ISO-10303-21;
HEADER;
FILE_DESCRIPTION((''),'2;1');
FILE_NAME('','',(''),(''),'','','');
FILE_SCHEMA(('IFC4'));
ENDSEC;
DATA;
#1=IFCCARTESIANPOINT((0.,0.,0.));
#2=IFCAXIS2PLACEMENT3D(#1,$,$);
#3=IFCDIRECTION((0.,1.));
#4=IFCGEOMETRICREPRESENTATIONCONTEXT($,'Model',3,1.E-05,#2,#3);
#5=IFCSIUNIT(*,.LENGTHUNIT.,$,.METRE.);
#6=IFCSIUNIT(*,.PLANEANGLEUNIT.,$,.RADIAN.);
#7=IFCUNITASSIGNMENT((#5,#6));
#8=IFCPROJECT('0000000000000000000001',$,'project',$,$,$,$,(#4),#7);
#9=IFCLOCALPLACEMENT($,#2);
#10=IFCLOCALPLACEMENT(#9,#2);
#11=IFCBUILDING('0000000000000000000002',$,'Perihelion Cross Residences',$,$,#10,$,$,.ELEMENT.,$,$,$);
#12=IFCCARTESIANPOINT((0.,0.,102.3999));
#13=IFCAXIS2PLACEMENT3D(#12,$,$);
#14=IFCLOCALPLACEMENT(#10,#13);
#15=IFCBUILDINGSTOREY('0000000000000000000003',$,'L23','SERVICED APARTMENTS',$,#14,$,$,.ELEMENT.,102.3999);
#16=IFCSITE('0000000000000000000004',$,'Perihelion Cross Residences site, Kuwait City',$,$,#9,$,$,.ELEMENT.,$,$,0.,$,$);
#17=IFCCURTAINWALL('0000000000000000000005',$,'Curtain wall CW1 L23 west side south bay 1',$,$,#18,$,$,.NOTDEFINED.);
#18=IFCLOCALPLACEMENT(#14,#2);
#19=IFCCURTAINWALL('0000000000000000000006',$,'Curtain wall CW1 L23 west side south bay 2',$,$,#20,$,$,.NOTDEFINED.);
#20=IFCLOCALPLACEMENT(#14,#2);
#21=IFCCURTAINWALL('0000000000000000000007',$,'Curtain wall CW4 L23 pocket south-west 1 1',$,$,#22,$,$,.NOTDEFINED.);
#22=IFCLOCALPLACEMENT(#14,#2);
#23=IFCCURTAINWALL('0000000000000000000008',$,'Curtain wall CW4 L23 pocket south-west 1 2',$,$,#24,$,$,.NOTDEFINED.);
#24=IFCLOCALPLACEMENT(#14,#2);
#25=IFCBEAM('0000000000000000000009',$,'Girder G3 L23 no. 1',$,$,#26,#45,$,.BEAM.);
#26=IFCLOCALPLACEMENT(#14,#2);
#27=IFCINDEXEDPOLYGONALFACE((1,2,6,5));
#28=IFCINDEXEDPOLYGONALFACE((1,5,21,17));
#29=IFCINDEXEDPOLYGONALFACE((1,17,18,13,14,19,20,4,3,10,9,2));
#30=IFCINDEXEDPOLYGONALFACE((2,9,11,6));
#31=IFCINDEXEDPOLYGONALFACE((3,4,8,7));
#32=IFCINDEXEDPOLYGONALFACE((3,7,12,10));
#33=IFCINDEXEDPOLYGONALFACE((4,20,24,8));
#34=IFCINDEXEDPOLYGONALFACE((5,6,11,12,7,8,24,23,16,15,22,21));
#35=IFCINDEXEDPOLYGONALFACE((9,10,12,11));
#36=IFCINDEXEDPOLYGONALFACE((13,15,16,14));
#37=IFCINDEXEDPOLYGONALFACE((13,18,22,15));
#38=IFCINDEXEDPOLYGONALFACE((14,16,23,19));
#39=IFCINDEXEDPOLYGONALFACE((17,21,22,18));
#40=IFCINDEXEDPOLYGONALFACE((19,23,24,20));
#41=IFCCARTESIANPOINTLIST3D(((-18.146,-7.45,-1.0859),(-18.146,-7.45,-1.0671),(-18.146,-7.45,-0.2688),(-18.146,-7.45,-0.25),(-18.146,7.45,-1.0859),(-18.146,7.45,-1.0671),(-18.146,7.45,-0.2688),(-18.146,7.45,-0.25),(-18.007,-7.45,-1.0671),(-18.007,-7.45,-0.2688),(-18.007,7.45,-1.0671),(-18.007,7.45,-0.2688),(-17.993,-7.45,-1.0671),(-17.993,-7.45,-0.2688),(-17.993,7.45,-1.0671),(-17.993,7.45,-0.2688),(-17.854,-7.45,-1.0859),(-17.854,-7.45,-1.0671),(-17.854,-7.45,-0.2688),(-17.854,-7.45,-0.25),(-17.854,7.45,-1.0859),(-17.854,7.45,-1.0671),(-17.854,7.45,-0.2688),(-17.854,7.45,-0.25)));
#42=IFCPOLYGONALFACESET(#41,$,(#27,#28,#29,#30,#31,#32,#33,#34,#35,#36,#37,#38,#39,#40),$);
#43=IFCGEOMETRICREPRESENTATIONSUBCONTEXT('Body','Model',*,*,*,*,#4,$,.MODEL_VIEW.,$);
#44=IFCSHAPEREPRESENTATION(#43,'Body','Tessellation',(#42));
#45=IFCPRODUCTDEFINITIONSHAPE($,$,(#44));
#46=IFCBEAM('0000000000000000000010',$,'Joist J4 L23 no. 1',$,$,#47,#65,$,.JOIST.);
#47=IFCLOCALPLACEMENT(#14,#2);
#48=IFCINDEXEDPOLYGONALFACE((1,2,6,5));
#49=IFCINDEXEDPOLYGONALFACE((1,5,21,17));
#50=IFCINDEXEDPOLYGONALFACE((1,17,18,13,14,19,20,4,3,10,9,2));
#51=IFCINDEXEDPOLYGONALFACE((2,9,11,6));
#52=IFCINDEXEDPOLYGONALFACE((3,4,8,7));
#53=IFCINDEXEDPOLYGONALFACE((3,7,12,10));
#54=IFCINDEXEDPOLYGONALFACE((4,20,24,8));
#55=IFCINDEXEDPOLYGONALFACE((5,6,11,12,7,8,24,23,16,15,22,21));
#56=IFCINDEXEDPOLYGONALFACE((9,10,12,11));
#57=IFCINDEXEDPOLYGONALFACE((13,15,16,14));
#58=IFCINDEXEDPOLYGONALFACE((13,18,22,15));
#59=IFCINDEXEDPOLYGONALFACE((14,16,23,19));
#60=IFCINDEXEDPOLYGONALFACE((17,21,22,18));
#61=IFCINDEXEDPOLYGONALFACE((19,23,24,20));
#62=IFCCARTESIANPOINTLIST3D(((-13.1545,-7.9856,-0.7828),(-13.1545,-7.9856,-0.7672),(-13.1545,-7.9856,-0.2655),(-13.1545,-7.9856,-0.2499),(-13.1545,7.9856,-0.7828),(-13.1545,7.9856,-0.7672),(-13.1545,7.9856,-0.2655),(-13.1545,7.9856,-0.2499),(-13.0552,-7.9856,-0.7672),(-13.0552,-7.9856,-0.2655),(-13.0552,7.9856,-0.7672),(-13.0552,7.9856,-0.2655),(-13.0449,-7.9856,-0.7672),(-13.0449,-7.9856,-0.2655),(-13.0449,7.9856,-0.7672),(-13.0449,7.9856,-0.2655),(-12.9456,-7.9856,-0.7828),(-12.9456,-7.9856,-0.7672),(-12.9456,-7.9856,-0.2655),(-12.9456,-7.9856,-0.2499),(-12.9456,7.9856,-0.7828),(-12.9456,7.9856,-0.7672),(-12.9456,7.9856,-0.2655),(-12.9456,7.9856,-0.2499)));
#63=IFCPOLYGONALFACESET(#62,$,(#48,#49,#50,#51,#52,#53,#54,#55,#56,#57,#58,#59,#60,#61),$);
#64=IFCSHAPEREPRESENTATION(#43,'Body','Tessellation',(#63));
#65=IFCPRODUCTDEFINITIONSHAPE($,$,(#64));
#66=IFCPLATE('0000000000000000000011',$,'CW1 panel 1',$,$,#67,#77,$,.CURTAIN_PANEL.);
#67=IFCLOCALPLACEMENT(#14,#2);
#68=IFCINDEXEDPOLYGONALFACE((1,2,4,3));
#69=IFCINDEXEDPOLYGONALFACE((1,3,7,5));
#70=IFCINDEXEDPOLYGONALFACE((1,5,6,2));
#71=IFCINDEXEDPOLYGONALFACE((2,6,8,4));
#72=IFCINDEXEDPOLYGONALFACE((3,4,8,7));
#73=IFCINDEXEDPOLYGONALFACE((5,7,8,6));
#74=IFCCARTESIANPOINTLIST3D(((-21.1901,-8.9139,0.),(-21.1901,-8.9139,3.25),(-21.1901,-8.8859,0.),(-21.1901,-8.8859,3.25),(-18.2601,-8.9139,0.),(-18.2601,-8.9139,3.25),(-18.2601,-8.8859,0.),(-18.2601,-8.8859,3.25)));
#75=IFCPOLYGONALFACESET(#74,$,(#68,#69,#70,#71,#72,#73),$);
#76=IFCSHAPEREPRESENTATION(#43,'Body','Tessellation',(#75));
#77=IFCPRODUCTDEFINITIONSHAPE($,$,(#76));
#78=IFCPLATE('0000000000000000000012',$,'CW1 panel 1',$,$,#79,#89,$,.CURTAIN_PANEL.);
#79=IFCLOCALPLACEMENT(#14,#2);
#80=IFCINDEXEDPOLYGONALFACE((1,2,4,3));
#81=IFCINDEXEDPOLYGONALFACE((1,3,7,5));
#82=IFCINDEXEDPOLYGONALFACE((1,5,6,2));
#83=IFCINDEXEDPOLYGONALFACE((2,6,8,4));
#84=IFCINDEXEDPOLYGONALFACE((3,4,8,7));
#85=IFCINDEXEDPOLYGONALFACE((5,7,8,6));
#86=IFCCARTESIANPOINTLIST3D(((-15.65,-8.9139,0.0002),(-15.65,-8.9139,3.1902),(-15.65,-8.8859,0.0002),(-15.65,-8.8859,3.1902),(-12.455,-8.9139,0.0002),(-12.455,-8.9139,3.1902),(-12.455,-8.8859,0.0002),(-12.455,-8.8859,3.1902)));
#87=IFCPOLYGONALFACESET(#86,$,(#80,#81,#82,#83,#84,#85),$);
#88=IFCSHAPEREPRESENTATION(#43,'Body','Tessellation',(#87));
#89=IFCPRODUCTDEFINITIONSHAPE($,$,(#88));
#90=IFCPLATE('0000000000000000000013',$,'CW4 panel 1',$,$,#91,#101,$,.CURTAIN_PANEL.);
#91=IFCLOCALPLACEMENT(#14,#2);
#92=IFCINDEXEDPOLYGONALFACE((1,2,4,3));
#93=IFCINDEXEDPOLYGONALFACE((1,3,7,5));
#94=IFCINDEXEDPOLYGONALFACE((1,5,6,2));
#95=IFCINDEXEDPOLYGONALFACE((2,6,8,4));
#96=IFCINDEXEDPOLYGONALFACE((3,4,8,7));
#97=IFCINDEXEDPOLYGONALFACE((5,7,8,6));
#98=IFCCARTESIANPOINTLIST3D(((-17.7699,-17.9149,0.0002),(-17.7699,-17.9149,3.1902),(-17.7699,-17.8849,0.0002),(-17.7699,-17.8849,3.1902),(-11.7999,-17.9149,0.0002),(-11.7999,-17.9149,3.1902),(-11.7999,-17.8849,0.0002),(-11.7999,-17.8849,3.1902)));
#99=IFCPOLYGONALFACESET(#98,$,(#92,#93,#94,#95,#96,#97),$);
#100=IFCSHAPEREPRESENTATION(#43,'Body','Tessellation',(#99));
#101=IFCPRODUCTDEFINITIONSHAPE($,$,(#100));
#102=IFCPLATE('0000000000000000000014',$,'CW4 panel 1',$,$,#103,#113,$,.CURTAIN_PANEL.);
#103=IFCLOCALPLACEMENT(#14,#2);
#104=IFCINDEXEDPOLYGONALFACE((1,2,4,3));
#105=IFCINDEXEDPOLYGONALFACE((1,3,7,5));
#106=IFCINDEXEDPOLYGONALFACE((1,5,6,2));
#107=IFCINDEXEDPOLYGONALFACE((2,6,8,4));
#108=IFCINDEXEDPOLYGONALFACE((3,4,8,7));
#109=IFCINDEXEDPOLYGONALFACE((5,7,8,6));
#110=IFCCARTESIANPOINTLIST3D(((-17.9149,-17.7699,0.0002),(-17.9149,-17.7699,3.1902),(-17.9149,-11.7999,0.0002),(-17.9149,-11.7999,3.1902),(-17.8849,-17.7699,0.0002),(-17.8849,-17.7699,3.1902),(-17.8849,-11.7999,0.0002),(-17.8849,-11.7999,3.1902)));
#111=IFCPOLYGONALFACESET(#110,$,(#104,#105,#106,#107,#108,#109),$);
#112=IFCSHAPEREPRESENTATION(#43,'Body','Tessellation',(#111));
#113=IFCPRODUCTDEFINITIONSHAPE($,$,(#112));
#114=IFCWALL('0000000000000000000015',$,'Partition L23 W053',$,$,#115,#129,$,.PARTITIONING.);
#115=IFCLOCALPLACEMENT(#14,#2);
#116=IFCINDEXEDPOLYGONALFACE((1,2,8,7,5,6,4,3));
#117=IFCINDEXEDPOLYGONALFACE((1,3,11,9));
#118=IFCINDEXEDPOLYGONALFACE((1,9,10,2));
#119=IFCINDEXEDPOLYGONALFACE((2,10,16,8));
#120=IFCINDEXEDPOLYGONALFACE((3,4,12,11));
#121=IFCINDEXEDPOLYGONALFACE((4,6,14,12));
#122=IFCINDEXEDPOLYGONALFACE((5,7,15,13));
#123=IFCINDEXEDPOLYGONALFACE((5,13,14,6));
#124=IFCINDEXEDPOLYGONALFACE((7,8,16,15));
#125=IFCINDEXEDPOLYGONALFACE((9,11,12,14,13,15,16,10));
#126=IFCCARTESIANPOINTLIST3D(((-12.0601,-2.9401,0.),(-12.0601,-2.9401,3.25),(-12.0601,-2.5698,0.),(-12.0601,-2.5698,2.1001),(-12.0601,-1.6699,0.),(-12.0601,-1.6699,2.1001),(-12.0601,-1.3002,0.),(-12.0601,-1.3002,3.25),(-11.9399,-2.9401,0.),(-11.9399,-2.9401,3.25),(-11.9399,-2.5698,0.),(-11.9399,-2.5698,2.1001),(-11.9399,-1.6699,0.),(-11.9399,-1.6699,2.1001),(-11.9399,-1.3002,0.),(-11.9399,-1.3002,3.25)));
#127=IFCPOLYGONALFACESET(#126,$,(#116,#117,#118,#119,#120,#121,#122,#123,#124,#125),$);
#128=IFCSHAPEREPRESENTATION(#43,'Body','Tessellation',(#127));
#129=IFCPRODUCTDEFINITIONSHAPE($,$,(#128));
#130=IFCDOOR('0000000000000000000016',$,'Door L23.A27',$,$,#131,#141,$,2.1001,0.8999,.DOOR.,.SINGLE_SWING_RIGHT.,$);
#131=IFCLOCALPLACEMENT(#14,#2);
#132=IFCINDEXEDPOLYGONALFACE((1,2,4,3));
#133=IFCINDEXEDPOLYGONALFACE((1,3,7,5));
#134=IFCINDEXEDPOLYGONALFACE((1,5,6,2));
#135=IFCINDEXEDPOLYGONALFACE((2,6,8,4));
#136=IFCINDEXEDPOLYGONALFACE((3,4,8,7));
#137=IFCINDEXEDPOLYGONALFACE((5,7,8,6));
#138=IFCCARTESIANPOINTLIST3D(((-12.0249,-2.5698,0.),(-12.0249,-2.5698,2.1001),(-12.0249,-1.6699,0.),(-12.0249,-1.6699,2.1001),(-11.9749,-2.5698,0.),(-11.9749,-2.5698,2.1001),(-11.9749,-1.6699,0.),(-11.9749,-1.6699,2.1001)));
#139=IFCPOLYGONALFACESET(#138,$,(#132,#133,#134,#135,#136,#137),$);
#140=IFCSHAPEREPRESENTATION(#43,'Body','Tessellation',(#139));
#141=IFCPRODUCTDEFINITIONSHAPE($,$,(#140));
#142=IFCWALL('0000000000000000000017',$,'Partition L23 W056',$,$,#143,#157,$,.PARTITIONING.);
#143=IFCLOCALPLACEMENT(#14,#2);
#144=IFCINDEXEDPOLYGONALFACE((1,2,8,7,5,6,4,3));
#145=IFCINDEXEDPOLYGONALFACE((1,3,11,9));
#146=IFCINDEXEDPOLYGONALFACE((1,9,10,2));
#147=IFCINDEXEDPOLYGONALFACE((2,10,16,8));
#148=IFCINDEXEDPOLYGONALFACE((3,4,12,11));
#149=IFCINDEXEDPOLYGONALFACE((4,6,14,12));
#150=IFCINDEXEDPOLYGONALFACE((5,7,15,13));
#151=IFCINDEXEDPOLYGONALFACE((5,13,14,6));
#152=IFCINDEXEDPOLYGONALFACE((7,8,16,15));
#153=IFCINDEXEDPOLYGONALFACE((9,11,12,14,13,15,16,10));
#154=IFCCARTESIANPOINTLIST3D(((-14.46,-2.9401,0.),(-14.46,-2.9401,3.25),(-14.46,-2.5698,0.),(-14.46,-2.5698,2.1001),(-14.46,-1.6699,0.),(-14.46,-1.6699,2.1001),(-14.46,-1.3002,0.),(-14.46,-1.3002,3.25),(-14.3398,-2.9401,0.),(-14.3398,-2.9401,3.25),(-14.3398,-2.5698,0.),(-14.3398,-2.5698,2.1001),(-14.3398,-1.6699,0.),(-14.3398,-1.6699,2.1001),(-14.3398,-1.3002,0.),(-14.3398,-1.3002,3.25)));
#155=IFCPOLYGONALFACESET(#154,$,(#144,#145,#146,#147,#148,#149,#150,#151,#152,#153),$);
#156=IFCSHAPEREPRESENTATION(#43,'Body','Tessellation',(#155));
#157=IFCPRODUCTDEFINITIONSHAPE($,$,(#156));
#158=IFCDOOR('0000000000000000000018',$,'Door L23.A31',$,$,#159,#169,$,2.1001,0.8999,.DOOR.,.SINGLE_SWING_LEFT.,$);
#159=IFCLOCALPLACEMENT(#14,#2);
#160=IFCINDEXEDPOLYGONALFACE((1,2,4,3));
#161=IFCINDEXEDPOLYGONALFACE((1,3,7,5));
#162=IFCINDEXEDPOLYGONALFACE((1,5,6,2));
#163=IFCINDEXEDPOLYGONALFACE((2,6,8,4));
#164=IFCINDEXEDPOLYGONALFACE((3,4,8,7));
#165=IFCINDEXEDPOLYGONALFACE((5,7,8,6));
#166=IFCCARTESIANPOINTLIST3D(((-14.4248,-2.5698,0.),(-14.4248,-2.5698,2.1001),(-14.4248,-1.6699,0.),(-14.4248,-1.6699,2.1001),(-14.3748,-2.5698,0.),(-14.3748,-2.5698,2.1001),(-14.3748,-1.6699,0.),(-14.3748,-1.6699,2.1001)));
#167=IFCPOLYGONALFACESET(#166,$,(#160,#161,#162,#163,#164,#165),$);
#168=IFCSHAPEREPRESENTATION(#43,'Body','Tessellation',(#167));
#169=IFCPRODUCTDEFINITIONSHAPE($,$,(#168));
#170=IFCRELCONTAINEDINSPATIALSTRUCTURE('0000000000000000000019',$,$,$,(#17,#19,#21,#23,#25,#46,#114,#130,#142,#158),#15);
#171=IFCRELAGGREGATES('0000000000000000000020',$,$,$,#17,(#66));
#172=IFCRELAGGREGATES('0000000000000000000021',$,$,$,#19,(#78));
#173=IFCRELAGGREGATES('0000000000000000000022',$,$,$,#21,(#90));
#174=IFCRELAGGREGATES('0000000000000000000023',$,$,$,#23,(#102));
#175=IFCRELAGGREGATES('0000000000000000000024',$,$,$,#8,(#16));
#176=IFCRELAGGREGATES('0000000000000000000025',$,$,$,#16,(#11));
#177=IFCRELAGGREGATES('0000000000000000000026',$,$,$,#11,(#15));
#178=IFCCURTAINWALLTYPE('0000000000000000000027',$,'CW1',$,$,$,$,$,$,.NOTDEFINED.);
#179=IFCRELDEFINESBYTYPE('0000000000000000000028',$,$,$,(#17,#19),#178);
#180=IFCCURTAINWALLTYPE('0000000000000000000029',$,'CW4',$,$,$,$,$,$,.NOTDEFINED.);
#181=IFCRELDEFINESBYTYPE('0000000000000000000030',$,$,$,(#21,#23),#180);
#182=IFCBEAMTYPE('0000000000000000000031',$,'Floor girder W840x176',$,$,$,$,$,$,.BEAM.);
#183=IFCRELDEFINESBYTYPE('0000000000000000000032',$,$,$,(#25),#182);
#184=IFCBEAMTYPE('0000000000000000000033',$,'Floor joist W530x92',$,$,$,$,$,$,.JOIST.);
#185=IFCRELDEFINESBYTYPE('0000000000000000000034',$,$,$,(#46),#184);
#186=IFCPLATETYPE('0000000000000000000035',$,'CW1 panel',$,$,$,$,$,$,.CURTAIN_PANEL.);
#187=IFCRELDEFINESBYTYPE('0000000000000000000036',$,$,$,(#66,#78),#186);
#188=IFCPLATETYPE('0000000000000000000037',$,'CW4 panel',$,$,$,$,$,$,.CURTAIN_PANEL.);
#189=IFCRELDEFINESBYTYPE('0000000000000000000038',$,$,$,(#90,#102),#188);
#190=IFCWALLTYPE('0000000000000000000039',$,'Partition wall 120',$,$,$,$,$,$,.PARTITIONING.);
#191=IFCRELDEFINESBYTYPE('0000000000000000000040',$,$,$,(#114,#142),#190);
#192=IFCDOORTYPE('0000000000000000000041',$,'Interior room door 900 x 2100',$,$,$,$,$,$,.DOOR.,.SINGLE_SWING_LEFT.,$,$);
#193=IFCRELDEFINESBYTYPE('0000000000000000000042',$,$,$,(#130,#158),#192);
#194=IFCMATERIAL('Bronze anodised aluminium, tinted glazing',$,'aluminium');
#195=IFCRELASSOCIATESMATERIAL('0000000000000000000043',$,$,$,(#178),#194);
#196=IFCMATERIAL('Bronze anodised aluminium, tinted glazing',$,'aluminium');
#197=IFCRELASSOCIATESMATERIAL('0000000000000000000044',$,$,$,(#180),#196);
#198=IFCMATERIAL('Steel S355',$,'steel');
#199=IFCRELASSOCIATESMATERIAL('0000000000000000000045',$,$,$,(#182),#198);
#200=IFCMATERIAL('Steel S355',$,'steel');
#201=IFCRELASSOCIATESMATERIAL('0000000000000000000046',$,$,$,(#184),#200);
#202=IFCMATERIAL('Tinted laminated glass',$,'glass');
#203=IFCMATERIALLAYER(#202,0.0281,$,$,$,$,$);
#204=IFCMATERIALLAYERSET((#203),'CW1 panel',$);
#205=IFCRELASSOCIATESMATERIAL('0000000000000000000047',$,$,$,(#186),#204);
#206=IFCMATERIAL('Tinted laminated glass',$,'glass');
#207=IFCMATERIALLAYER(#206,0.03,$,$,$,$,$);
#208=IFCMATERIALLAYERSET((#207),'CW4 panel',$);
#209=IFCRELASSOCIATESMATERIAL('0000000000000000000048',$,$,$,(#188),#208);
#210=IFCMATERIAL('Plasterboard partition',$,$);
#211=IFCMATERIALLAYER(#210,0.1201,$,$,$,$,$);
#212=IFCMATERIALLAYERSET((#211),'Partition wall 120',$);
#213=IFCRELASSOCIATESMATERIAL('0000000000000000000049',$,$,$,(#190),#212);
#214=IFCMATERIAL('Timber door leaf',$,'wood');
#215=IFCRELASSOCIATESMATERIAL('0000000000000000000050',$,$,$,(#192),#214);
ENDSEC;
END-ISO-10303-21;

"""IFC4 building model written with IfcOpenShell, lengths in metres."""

from ifc_helpers import new_model, si_unit, direction, frame, frame_2d, origin, origin_2d, place, context, subcontext, project, spatial, rectangle, i_section, extrude, material, layer, layer_set, material_profile, profile_set, type_object, element, fill, aggregate, save


model = new_model("IFC4")

# Units and contexts
model_context = context("Model", 3, precision=1e-05, world=origin(), true_north=direction((0.0, 1.0)))
body_context = subcontext(model_context, "Body", "Model", "MODEL_VIEW")
ifc_project = project(units=[si_unit("LENGTHUNIT", "METRE"), si_unit("PLANEANGLEUNIT", "RADIAN")], contexts=[model_context])

# Site, building, storey
site_placement = place(None, origin())
site = spatial("IfcSite", under=ifc_project, at=site_placement, Name="Perihelion Cross Residences site, Kuwait City", CompositionType="ELEMENT", RefElevation=0.0)
building_placement = place(site_placement, origin())
building = spatial("IfcBuilding", under=site, at=building_placement, Name="Perihelion Cross Residences", CompositionType="ELEMENT")
storey_placement = place(building_placement, frame((0.0, 0.0, 102.3999)))
storey = spatial("IfcBuildingStorey", under=building, at=storey_placement, Name="L23", Description="SERVICED APARTMENTS", CompositionType="ELEMENT", Elevation=102.3999)

# Curtain wall
ifc_material_1 = material(Name="Bronze anodised aluminium, tinted glazing", Category="aluminium")
curtain_wall_type_1 = type_object("IfcCurtainWallType", Name="CW1", PredefinedType="NOTDEFINED", material=ifc_material_1)
curtain_wall_1_placement = place(storey_placement, origin())
curtain_wall_1 = element("IfcCurtainWall", 1, at=curtain_wall_1_placement, inside=storey, type_object=curtain_wall_type_1, Name="Curtain wall CW1 L23 west side south bay 1", PredefinedType="NOTDEFINED")

# Curtain walls
curtain_wall_2_placement = place(storey_placement, origin())
curtain_wall_2 = element("IfcCurtainWall", 2, at=curtain_wall_2_placement, inside=storey, type_object=curtain_wall_type_1, Name="Curtain wall CW1 L23 west side south bay 2", PredefinedType="NOTDEFINED")
ifc_material_2 = material(Name="Bronze anodised aluminium, tinted glazing", Category="aluminium")
curtain_wall_type_2 = type_object("IfcCurtainWallType", Name="CW4", PredefinedType="NOTDEFINED", material=ifc_material_2)
curtain_wall_3_placement = place(storey_placement, origin())
curtain_wall_3 = element("IfcCurtainWall", 3, at=curtain_wall_3_placement, inside=storey, type_object=curtain_wall_type_2, Name="Curtain wall CW4 L23 pocket south-west 1 1", PredefinedType="NOTDEFINED")
curtain_wall_4_placement = place(storey_placement, origin())
curtain_wall_4 = element("IfcCurtainWall", 4, at=curtain_wall_4_placement, inside=storey, type_object=curtain_wall_type_2, Name="Curtain wall CW4 L23 pocket south-west 1 2", PredefinedType="NOTDEFINED")

# Beams
ifc_material_3 = material(Name="Steel S355", Category="steel")
ifc_material_profile_1 = material_profile(ifc_material_3, i_section(OverallWidth=0.292, OverallDepth=0.8359, WebThickness=0.0139, FlangeThickness=0.0188, at=origin_2d()), Name="W840x176")
ifc_profile_set_1 = profile_set([ifc_material_profile_1], Name="Steel S355")
beam_type_1 = type_object("IfcBeamType", Name="Floor girder W840x176", PredefinedType="BEAM", material=ifc_profile_set_1)
beam_1_placement = place(storey_placement, frame((-18.0, -7.45, -0.668), z_axis=(0.0, 1.0, 0.0), x_axis=(-1.0, 0.0, 0.0)))
element("IfcBeam", 5, at=beam_1_placement, inside=storey, type_object=beam_type_1, Name="Girder G3 L23 no. 1", PredefinedType="BEAM", context=body_context, shape_type="SweptSolid", body=[
    extrude(i_section(OverallWidth=0.292, OverallDepth=0.8359, WebThickness=0.0139, FlangeThickness=0.0188, at=origin_2d()), origin(), (0.0, 0.0, 1.0), 14.8999),
])
ifc_material_4 = material(Name="Steel S355", Category="steel")
ifc_material_profile_2 = material_profile(ifc_material_4, i_section(OverallWidth=0.209, OverallDepth=0.533, WebThickness=0.0103, FlangeThickness=0.0156, at=origin_2d()), Name="W530x92")
ifc_profile_set_2 = profile_set([ifc_material_profile_2], Name="Steel S355")
beam_type_2 = type_object("IfcBeamType", Name="Floor joist W530x92", PredefinedType="JOIST", material=ifc_profile_set_2)
beam_2_placement = place(storey_placement, frame((-13.05, -7.9856, -0.5164), z_axis=(0.0, 1.0, 0.0), x_axis=(-1.0, 0.0, 0.0)))
element("IfcBeam", 6, at=beam_2_placement, inside=storey, type_object=beam_type_2, Name="Joist J4 L23 no. 1", PredefinedType="JOIST", context=body_context, shape_type="SweptSolid", body=[
    extrude(i_section(OverallWidth=0.209, OverallDepth=0.533, WebThickness=0.0103, FlangeThickness=0.0156, at=origin_2d()), origin(), (0.0, 0.0, 1.0), 15.9712),
])

# Plates
ifc_material_5 = material(Name="Tinted laminated glass", Category="glass")
ifc_layer_1 = layer(ifc_material_5, 0.0281)
ifc_layer_set_1 = layer_set([ifc_layer_1], Name="CW1 panel")
plate_type_1 = type_object("IfcPlateType", Name="CW1 panel", PredefinedType="CURTAIN_PANEL", material=ifc_layer_set_1)
plate_1_placement = place(storey_placement, frame((-19.7251, -8.8999, 0.0), z_axis=(0.0, 0.0, 1.0), x_axis=(1.0, 0.0, 0.0)))
plate_1 = element("IfcPlate", 7, at=plate_1_placement, type_object=plate_type_1, Name="CW1 panel 1", PredefinedType="CURTAIN_PANEL", context=body_context, shape_type="SweptSolid", body=[
    extrude(rectangle(XDim=2.9299, YDim=0.0281, at=origin_2d()), origin(), (0.0, 0.0, 1.0), 3.25),
])
aggregate(curtain_wall_1, [plate_1])
plate_2_placement = place(storey_placement, frame((-14.0525, -8.8999, 0.0002), z_axis=(0.0, 0.0, 1.0), x_axis=(1.0, 0.0, 0.0)))
plate_2 = element("IfcPlate", 8, at=plate_2_placement, type_object=plate_type_1, Name="CW1 panel 1", PredefinedType="CURTAIN_PANEL", context=body_context, shape_type="SweptSolid", body=[
    extrude(rectangle(XDim=3.1951, YDim=0.0281, at=origin_2d()), origin(), (0.0, 0.0, 1.0), 3.1899),
])
aggregate(curtain_wall_2, [plate_2])
ifc_material_6 = material(Name="Tinted laminated glass", Category="glass")
ifc_layer_2 = layer(ifc_material_6, 0.03)
ifc_layer_set_2 = layer_set([ifc_layer_2], Name="CW4 panel")
plate_type_2 = type_object("IfcPlateType", Name="CW4 panel", PredefinedType="CURTAIN_PANEL", material=ifc_layer_set_2)
plate_3_placement = place(storey_placement, frame((-14.7849, -17.8999, 0.0002), z_axis=(0.0, 0.0, 1.0), x_axis=(-1.0, 0.0, 0.0)))
plate_3 = element("IfcPlate", 9, at=plate_3_placement, type_object=plate_type_2, Name="CW4 panel 1", PredefinedType="CURTAIN_PANEL", context=body_context, shape_type="SweptSolid", body=[
    extrude(rectangle(XDim=5.97, YDim=0.03, at=origin_2d()), origin(), (0.0, 0.0, 1.0), 3.1899),
])
aggregate(curtain_wall_3, [plate_3])
plate_4_placement = place(storey_placement, frame((-17.8999, -14.7849, 0.0002), z_axis=(0.0, 0.0, 1.0), x_axis=(0.0, 1.0, 0.0)))
plate_4 = element("IfcPlate", 10, at=plate_4_placement, type_object=plate_type_2, Name="CW4 panel 1", PredefinedType="CURTAIN_PANEL", context=body_context, shape_type="SweptSolid", body=[
    extrude(rectangle(XDim=5.97, YDim=0.03, at=origin_2d()), origin(), (0.0, 0.0, 1.0), 3.1899),
])
aggregate(curtain_wall_4, [plate_4])

# Walls, openings, doors
ifc_material_7 = material(Name="Plasterboard partition")
ifc_layer_3 = layer(ifc_material_7, 0.1201)
ifc_layer_set_3 = layer_set([ifc_layer_3], Name="Partition wall 120")
wall_type_1 = type_object("IfcWallType", Name="Partition wall 120", PredefinedType="PARTITIONING", material=ifc_layer_set_3)
wall_1_placement = place(storey_placement, frame((-12.0, -2.9399, 0.0), z_axis=(0.0, 0.0, 1.0), x_axis=(0.0, 1.0, 0.0)))
wall_1 = element("IfcWall", 11, at=wall_1_placement, inside=storey, type_object=wall_type_1, Name="Partition L23 W053", PredefinedType="PARTITIONING", context=body_context, shape_type="SweptSolid", body=[
    extrude(rectangle(XDim=1.6399, YDim=0.1201, at=frame_2d((0.8198, 0.0))), origin(), (0.0, 0.0, 1.0), 3.25),
])
opening_1_placement = place(wall_1_placement, frame((0.3701, 0.0, 0.0)))
opening_1 = element("IfcOpeningElement", 12, at=opening_1_placement, cuts=wall_1, PredefinedType="OPENING", context=body_context, shape_type="SweptSolid", body=[
    extrude(rectangle(XDim=0.8999, YDim=2.1001, at=frame_2d((0.45, 1.05))), frame((0.0, 0.0701, 0.0), z_axis=(0.0, -1.0, 0.0), x_axis=(1.0, 0.0, 0.0)), (0.0, 0.0, 1.0), 0.1401),
])
ifc_material_8 = material(Name="Timber door leaf", Category="wood")
door_type_1 = type_object("IfcDoorType", Name="Interior room door 900 x 2100", OperationType="SINGLE_SWING_LEFT", PredefinedType="DOOR", material=ifc_material_8)
door_1_placement = place(opening_1_placement, origin())
door_1 = element("IfcDoor", 13, at=door_1_placement, inside=storey, type_object=door_type_1, Name="Door L23.A27", OperationType="SINGLE_SWING_RIGHT", OverallHeight=2.1001, OverallWidth=0.8999, PredefinedType="DOOR", context=body_context, shape_type="SweptSolid", body=[
    extrude(rectangle(XDim=0.8999, YDim=2.1001, at=frame_2d((0.45, 1.05))), frame((0.0, 0.0249, 0.0), z_axis=(0.0, -1.0, 0.0), x_axis=(1.0, 0.0, 0.0)), (0.0, 0.0, 1.0), 0.05),
])
fill(opening_1, door_1)
wall_2_placement = place(storey_placement, frame((-14.3999, -2.9399, 0.0), z_axis=(0.0, 0.0, 1.0), x_axis=(0.0, 1.0, 0.0)))
wall_2 = element("IfcWall", 14, at=wall_2_placement, inside=storey, type_object=wall_type_1, Name="Partition L23 W056", PredefinedType="PARTITIONING", context=body_context, shape_type="SweptSolid", body=[
    extrude(rectangle(XDim=1.6399, YDim=0.1201, at=frame_2d((0.8198, 0.0))), origin(), (0.0, 0.0, 1.0), 3.25),
])
opening_2_placement = place(wall_2_placement, frame((0.3701, 0.0, 0.0)))
opening_2 = element("IfcOpeningElement", 15, at=opening_2_placement, cuts=wall_2, PredefinedType="OPENING", context=body_context, shape_type="SweptSolid", body=[
    extrude(rectangle(XDim=0.8999, YDim=2.1001, at=frame_2d((0.45, 1.05))), frame((0.0, 0.0701, 0.0), z_axis=(0.0, -1.0, 0.0), x_axis=(1.0, 0.0, 0.0)), (0.0, 0.0, 1.0), 0.1401),
])
door_2_placement = place(opening_2_placement, origin())
door_2 = element("IfcDoor", 16, at=door_2_placement, inside=storey, type_object=door_type_1, Name="Door L23.A31", OperationType="SINGLE_SWING_LEFT", OverallHeight=2.1001, OverallWidth=0.8999, PredefinedType="DOOR", context=body_context, shape_type="SweptSolid", body=[
    extrude(rectangle(XDim=0.8999, YDim=2.1001, at=frame_2d((0.45, 1.05))), frame((0.0, 0.0249, 0.0), z_axis=(0.0, -1.0, 0.0), x_axis=(1.0, 0.0, 0.0)), (0.0, 0.0, 1.0), 0.05),
])
fill(opening_2, door_2)

save(model, "model.ifc")
